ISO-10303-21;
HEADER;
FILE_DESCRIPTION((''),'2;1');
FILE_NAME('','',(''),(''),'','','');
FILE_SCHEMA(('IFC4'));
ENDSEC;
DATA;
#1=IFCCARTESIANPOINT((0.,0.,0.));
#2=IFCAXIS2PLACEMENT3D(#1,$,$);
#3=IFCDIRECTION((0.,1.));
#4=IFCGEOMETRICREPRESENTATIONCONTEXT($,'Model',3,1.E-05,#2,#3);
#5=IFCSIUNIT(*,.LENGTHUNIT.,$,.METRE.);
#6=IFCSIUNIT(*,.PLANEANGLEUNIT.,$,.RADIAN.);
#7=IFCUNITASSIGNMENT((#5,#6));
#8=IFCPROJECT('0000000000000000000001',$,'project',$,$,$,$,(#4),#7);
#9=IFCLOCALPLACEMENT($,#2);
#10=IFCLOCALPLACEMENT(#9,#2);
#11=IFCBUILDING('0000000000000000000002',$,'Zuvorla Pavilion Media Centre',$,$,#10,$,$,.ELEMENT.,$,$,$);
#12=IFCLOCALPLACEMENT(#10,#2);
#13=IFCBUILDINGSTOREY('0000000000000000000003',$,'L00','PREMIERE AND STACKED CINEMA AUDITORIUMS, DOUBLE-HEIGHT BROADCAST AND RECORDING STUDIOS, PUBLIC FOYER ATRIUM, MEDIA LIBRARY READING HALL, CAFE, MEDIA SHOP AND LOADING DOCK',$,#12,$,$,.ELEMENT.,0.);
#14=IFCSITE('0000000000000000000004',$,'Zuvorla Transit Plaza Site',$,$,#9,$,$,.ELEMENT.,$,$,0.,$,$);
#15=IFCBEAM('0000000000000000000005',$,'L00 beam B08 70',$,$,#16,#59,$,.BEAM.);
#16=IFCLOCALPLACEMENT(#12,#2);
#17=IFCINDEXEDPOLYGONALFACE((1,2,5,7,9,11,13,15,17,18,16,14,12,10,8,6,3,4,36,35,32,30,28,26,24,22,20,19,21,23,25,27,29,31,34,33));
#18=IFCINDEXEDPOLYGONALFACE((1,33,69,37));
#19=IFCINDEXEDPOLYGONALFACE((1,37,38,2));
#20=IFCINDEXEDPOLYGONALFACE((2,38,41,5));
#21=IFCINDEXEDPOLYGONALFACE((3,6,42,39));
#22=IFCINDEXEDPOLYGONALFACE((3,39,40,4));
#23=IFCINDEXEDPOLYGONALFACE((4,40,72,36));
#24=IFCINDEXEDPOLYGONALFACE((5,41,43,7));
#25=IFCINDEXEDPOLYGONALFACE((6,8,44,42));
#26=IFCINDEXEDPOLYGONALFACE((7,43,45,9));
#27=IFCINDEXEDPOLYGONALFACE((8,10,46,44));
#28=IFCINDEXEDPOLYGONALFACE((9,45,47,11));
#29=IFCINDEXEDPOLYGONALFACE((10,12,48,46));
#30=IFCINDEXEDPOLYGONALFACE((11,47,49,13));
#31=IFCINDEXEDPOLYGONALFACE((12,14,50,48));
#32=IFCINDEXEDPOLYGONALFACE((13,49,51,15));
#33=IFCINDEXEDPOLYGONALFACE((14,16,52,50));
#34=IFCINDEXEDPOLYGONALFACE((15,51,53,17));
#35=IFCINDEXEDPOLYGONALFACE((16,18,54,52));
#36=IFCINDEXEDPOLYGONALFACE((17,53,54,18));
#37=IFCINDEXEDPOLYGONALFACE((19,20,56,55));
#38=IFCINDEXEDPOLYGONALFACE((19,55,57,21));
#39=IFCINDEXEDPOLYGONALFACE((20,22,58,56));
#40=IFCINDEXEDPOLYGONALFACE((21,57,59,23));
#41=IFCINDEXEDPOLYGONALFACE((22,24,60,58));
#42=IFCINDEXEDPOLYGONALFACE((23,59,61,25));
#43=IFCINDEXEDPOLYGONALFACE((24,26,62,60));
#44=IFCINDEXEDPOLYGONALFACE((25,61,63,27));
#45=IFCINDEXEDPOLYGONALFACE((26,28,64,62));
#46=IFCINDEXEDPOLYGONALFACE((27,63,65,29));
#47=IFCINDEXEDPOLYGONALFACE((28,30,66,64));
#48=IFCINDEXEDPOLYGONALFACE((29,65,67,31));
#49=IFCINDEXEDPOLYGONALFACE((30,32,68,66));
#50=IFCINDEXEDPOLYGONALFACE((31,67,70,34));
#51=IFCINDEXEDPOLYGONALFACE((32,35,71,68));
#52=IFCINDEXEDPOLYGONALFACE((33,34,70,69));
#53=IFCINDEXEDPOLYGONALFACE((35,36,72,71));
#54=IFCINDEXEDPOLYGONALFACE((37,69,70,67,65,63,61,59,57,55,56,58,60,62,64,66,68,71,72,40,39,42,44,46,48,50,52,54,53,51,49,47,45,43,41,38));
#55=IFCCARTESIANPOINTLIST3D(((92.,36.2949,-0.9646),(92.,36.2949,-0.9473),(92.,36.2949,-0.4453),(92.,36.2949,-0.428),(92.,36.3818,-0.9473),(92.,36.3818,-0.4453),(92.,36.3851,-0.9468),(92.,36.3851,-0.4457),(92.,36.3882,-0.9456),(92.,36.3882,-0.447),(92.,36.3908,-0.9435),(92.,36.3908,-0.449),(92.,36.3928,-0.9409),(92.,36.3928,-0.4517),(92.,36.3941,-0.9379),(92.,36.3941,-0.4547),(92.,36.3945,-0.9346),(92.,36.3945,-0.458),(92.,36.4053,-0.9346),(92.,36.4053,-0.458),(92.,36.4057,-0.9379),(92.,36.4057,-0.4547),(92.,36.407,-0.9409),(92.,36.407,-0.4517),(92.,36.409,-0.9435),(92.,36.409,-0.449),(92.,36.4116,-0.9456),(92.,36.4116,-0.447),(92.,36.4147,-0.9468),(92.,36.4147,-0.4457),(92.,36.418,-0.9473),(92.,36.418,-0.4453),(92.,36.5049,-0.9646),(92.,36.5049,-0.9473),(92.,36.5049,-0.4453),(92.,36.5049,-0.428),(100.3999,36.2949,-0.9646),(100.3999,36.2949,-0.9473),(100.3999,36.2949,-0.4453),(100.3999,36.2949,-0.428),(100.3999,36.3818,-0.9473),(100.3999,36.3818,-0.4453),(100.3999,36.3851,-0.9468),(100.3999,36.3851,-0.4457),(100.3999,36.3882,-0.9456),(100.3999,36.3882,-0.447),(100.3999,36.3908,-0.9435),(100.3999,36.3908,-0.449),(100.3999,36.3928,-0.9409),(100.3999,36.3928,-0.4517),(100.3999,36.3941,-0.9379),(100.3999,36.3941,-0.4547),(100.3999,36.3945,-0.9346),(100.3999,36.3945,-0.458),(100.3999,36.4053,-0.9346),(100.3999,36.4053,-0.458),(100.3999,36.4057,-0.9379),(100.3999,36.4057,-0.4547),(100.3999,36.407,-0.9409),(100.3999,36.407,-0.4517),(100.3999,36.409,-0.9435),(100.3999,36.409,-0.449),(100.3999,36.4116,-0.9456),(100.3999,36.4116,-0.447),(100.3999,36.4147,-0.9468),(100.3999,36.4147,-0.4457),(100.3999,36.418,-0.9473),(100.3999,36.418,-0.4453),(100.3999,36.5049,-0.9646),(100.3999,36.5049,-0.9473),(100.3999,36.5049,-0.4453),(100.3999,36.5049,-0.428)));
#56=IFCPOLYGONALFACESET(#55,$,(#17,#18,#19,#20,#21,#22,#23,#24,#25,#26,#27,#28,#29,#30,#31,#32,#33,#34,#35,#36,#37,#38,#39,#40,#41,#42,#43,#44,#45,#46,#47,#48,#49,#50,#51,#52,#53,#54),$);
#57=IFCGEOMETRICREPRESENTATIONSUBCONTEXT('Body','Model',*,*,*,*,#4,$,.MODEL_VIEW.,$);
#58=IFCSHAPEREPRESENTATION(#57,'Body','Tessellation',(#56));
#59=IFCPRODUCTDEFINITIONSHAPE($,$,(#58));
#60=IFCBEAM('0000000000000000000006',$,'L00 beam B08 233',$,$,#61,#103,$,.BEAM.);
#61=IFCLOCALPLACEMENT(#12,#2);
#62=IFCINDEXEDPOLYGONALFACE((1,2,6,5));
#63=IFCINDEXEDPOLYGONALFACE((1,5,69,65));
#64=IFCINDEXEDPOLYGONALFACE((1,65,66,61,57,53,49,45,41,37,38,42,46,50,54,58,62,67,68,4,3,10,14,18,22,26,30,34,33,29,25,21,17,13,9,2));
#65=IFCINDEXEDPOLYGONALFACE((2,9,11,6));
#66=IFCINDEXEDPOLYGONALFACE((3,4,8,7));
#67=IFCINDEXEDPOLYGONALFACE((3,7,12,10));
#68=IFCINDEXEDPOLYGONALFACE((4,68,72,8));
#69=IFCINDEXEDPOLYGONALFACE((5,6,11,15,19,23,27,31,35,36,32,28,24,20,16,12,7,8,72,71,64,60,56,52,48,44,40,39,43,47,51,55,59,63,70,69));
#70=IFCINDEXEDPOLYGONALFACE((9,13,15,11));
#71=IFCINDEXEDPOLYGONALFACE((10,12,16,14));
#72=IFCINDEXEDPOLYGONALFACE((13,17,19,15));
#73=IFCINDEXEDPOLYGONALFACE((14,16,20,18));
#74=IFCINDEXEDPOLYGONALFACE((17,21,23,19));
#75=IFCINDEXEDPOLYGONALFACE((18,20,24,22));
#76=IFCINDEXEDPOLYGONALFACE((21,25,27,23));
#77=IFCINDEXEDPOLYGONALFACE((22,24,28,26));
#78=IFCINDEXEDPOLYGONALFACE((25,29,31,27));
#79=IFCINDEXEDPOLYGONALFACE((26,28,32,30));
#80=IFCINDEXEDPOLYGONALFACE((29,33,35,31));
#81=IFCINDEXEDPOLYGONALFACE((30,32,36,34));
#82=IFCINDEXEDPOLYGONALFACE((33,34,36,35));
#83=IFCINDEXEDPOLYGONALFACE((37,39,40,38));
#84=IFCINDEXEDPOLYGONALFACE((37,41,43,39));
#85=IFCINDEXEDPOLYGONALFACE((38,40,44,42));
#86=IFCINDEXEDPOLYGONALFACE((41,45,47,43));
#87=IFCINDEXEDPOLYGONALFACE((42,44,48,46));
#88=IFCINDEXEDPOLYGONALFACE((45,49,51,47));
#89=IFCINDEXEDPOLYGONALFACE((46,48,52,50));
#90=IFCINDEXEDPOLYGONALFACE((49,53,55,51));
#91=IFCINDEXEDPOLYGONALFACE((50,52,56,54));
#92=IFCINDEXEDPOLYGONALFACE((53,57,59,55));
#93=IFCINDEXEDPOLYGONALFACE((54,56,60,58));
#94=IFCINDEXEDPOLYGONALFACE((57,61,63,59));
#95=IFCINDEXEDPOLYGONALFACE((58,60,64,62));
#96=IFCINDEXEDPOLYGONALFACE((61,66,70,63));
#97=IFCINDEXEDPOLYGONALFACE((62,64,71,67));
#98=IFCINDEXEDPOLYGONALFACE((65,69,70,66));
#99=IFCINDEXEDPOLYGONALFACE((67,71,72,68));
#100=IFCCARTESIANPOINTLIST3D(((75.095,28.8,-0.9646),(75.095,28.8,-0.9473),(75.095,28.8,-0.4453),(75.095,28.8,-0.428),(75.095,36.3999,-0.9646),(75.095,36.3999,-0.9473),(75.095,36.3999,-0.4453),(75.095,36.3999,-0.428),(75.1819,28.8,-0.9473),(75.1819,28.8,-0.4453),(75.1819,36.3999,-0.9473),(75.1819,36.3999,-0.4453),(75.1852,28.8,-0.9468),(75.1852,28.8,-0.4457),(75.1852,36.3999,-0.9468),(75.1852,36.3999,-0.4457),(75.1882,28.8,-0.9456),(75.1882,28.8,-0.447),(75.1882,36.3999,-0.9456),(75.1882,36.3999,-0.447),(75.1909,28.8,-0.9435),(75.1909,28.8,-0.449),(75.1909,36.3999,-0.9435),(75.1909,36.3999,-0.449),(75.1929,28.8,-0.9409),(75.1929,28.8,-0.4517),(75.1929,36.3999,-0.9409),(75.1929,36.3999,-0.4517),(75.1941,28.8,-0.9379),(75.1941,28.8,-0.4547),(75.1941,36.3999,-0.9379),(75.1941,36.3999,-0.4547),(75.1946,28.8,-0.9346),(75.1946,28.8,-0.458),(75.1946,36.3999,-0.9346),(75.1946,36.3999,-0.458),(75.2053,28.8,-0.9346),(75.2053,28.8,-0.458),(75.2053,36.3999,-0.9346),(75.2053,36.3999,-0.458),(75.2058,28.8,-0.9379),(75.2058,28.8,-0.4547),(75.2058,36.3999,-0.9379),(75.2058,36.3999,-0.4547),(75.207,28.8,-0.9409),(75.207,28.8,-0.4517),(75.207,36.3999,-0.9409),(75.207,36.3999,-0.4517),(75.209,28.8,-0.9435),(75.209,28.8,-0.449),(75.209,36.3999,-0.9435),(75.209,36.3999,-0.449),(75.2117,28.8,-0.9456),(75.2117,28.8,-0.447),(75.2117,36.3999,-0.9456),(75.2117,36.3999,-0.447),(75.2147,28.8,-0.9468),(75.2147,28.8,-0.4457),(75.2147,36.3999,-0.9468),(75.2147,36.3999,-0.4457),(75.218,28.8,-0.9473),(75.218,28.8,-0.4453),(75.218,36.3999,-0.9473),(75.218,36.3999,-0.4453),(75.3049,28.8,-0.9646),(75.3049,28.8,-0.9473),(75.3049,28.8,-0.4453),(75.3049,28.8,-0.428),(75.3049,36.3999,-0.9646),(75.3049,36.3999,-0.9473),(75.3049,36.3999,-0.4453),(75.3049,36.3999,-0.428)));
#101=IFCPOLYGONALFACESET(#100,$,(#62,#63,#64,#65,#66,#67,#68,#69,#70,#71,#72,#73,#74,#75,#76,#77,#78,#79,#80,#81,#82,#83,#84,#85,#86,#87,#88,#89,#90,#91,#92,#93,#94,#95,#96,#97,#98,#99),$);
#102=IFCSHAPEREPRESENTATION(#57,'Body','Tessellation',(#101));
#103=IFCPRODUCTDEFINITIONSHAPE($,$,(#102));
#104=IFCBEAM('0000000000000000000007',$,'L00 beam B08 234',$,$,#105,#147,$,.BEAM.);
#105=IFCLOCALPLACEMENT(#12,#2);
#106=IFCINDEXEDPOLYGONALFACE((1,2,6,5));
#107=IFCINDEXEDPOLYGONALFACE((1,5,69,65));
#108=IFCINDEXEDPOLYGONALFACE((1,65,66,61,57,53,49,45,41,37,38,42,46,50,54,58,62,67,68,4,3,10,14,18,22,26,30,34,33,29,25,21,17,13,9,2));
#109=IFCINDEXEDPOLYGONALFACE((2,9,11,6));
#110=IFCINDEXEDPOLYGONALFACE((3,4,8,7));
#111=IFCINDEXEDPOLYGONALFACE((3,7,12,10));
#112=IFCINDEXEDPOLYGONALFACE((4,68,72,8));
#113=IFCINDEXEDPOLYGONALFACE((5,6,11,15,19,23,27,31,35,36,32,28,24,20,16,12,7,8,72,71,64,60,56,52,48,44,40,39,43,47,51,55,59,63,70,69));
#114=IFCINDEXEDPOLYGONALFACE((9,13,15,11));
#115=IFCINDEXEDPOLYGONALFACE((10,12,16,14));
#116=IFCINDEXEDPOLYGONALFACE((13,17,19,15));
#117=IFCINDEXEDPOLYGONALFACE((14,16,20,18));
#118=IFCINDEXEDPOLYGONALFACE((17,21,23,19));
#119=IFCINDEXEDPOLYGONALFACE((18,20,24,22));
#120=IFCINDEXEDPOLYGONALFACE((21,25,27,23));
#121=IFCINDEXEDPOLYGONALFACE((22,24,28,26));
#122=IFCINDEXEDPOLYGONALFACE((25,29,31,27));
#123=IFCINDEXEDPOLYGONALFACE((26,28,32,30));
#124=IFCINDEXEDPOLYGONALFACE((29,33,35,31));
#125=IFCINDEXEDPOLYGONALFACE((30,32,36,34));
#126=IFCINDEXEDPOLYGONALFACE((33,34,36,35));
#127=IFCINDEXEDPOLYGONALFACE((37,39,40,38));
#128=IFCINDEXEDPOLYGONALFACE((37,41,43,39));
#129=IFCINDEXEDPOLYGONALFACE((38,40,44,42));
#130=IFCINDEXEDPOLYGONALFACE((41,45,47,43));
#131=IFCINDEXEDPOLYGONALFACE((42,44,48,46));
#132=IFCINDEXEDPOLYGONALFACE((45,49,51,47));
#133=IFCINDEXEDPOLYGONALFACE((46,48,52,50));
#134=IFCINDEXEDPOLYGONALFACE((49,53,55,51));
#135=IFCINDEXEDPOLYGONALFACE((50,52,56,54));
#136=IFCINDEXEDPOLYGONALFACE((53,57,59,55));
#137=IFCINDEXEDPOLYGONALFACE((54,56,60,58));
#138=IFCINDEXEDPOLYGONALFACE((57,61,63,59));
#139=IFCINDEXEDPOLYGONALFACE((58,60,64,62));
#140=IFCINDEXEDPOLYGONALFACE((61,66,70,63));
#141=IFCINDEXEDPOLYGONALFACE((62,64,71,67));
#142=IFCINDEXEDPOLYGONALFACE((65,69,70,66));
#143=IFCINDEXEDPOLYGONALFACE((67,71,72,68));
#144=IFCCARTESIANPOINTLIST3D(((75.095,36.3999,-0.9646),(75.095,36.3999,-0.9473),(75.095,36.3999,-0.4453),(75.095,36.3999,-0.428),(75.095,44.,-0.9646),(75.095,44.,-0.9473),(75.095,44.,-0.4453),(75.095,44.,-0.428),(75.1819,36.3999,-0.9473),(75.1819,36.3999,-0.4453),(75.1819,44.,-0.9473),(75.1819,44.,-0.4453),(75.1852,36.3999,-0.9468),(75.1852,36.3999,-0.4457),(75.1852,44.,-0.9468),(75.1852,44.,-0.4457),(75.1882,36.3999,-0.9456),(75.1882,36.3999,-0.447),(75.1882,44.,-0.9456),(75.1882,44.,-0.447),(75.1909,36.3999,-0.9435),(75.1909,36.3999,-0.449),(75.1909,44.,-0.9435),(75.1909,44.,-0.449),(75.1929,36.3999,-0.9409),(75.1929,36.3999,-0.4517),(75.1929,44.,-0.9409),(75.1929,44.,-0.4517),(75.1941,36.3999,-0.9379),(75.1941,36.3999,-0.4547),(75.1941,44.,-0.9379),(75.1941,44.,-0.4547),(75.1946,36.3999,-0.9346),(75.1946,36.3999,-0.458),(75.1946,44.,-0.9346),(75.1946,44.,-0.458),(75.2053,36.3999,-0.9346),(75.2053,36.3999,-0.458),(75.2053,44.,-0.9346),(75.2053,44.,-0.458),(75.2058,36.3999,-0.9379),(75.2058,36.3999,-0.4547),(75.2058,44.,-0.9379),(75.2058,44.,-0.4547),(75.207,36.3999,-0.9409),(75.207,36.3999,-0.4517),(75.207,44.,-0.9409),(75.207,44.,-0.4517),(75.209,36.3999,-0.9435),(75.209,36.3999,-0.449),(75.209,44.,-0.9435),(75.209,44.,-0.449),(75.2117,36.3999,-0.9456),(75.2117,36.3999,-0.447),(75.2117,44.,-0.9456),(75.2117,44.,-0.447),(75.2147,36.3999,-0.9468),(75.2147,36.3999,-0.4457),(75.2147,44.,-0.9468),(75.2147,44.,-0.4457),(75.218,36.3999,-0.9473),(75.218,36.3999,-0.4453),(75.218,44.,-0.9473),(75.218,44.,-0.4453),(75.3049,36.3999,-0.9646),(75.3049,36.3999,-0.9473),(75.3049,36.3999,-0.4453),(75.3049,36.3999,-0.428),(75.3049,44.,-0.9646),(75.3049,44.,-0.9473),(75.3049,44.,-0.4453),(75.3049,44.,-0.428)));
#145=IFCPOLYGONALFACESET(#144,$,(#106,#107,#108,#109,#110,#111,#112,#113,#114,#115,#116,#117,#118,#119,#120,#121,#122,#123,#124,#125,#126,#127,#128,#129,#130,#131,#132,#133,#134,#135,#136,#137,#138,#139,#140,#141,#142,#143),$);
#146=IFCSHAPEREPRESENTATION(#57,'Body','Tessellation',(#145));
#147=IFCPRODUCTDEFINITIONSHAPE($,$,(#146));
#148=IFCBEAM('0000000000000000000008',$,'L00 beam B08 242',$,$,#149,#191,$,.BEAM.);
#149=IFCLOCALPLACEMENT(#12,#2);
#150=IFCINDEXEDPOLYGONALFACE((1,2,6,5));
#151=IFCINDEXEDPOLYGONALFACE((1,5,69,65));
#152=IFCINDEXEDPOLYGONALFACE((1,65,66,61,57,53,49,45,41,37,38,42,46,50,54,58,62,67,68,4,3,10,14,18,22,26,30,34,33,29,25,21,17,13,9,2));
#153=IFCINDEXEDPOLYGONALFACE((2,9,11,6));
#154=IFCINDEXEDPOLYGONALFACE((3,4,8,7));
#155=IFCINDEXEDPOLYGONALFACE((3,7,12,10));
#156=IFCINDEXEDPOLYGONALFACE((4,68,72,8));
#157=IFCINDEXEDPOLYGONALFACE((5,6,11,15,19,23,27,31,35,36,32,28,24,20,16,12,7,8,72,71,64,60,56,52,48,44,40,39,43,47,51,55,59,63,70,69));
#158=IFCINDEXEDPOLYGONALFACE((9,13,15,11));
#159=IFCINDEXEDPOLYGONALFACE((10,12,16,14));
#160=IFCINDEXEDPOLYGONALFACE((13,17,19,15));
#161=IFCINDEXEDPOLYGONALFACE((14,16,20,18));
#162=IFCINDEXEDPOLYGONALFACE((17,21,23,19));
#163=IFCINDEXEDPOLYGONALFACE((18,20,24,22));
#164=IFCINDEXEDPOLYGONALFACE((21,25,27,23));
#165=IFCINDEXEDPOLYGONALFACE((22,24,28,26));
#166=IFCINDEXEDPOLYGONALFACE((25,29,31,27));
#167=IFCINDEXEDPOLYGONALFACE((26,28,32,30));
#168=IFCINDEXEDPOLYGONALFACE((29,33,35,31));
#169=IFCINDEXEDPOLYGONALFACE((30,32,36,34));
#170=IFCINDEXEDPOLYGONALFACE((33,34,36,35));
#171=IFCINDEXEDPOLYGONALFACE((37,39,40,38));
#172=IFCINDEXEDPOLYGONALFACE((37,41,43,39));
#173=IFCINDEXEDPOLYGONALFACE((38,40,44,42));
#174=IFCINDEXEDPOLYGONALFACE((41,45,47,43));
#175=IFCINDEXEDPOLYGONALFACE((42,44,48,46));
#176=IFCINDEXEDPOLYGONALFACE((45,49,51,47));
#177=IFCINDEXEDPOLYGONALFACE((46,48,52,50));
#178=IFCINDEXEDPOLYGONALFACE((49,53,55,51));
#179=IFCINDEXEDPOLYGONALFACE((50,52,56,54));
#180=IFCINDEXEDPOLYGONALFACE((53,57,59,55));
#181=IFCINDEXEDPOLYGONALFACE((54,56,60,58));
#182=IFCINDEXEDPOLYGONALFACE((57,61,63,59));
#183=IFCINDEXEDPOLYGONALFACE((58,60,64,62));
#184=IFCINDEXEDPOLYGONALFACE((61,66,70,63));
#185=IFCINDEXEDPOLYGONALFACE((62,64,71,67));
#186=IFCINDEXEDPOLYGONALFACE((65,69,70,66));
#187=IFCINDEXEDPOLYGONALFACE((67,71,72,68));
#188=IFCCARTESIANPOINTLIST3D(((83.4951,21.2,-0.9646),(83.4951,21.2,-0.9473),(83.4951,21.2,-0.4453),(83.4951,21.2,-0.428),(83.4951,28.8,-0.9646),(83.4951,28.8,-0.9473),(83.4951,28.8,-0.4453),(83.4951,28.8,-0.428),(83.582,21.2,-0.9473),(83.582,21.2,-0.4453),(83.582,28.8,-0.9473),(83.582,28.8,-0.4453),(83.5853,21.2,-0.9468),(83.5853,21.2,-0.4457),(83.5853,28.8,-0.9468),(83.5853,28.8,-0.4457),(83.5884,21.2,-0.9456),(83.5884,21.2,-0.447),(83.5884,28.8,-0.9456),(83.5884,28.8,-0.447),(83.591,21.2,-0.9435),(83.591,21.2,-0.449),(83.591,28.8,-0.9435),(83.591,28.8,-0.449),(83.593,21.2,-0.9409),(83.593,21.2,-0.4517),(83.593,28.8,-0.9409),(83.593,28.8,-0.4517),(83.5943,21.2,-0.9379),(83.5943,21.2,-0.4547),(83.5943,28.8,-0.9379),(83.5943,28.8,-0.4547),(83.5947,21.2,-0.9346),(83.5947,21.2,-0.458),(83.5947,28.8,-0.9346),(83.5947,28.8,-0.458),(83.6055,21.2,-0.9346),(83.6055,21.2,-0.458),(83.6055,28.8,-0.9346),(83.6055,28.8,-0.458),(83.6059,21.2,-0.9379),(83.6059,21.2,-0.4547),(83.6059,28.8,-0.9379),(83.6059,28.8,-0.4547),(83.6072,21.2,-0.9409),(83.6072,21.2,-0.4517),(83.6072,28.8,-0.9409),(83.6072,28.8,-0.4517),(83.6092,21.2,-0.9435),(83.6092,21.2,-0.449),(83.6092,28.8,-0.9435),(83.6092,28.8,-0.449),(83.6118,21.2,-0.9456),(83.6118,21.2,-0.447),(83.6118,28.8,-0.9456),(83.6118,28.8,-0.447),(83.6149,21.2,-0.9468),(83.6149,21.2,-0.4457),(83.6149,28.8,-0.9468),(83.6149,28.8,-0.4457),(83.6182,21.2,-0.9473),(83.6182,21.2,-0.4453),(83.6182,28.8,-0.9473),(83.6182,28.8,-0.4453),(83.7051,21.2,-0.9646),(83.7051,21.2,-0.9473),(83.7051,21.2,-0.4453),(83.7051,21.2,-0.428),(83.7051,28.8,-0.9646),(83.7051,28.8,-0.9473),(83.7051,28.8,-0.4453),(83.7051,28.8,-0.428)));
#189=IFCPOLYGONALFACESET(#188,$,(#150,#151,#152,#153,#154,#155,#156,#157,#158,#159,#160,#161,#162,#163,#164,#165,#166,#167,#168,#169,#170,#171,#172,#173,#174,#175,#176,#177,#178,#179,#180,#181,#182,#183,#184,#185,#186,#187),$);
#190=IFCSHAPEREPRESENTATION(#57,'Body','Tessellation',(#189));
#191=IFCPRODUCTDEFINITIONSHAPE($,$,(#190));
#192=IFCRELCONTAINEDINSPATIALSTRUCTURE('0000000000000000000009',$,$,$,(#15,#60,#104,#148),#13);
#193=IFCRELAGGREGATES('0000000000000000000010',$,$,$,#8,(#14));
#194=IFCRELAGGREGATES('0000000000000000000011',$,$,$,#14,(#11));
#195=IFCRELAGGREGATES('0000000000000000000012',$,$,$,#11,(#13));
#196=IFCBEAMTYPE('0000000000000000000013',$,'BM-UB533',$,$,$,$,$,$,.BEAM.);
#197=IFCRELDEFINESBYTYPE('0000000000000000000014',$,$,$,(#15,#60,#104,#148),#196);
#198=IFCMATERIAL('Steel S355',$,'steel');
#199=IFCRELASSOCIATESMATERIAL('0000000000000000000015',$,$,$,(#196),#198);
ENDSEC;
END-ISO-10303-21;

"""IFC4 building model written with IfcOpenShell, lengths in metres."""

from ifc_helpers import new_model, si_unit, direction, frame, origin, origin_2d, place, context, subcontext, project, spatial, i_section, extrude, material, material_profile, profile_set, type_object, element, save


model = new_model("IFC4")

# Units and contexts
model_context = context("Model", 3, precision=1e-05, world=origin(), true_north=direction((0.0, 1.0)))
body_context = subcontext(model_context, "Body", "Model", "MODEL_VIEW")
ifc_project = project(units=[si_unit("LENGTHUNIT", "METRE"), si_unit("PLANEANGLEUNIT", "RADIAN")], contexts=[model_context])

# Site, building, storey
site_placement = place(None, origin())
site = spatial("IfcSite", under=ifc_project, at=site_placement, Name="Zuvorla Transit Plaza Site", CompositionType="ELEMENT", RefElevation=0.0)
building_placement = place(site_placement, origin())
building = spatial("IfcBuilding", under=site, at=building_placement, Name="Zuvorla Pavilion Media Centre", CompositionType="ELEMENT")
storey_placement = place(building_placement, origin())
storey = spatial("IfcBuildingStorey", under=building, at=storey_placement, Name="L00", Description="PREMIERE AND STACKED CINEMA AUDITORIUMS, DOUBLE-HEIGHT BROADCAST AND RECORDING STUDIOS, PUBLIC FOYER ATRIUM, MEDIA LIBRARY READING HALL, CAFE, MEDIA SHOP AND LOADING DOCK", CompositionType="ELEMENT", Elevation=0.0)

# Beams
ifc_material_1 = material(Name="Steel S355", Category="steel")
ifc_material_profile_1 = material_profile(ifc_material_1, i_section(OverallWidth=0.21, OverallDepth=0.5366, WebThickness=0.0107, FlangeThickness=0.0173, FilletRadius=0.0127, at=origin_2d()), Name="UB 533x210x101")
ifc_profile_set_1 = profile_set([ifc_material_profile_1], Name="Steel S355")
beam_type_1 = type_object("IfcBeamType", Name="BM-UB533", PredefinedType="BEAM", material=ifc_profile_set_1)
for number, where, z_axis, x_axis, name in (
    (1, (92.0, 36.3999, -0.6963), (1.0, 0.0, 0.0), (0.0, 1.0, 0.0), "L00 beam B08 70"),
):
    element("IfcBeam", number, at=place(storey_placement, frame(where, z_axis=z_axis, x_axis=x_axis)), inside=storey, type_object=beam_type_1, Name=name, PredefinedType="BEAM", context=body_context, shape_type="SweptSolid", body=[
        extrude(i_section(OverallWidth=0.21, OverallDepth=0.5366, WebThickness=0.0107, FlangeThickness=0.0173, FilletRadius=0.0127, at=origin_2d()), origin(), (0.0, 0.0, 1.0), 8.3999),
    ])
beam_1_placement = place(storey_placement, frame((75.2, 28.8, -0.6963), z_axis=(0.0, 1.0, 0.0), x_axis=(-1.0, 0.0, 0.0)))
element("IfcBeam", 2, at=beam_1_placement, inside=storey, type_object=beam_type_1, Name="L00 beam B08 233", PredefinedType="BEAM", context=body_context, shape_type="SweptSolid", body=[
    extrude(i_section(OverallWidth=0.21, OverallDepth=0.5366, WebThickness=0.0107, FlangeThickness=0.0173, FilletRadius=0.0127, at=origin_2d()), origin(), (0.0, 0.0, 1.0), 7.5999),
])
for number, where, z_axis, x_axis, name in (
    (3, (75.2, 36.3999, -0.6963), (0.0, 1.0, 0.0), (-1.0, 0.0, 0.0), "L00 beam B08 234"),
    (4, (83.6001, 21.2, -0.6963), (0.0, 1.0, 0.0), (-1.0, 0.0, 0.0), "L00 beam B08 242"),
):
    element("IfcBeam", number, at=place(storey_placement, frame(where, z_axis=z_axis, x_axis=x_axis)), inside=storey, type_object=beam_type_1, Name=name, PredefinedType="BEAM", context=body_context, shape_type="SweptSolid", body=[
        extrude(i_section(OverallWidth=0.21, OverallDepth=0.5366, WebThickness=0.0107, FlangeThickness=0.0173, FilletRadius=0.0127, at=origin_2d()), origin(), (0.0, 0.0, 1.0), 7.6001),
    ])

save(model, "model.ifc")
